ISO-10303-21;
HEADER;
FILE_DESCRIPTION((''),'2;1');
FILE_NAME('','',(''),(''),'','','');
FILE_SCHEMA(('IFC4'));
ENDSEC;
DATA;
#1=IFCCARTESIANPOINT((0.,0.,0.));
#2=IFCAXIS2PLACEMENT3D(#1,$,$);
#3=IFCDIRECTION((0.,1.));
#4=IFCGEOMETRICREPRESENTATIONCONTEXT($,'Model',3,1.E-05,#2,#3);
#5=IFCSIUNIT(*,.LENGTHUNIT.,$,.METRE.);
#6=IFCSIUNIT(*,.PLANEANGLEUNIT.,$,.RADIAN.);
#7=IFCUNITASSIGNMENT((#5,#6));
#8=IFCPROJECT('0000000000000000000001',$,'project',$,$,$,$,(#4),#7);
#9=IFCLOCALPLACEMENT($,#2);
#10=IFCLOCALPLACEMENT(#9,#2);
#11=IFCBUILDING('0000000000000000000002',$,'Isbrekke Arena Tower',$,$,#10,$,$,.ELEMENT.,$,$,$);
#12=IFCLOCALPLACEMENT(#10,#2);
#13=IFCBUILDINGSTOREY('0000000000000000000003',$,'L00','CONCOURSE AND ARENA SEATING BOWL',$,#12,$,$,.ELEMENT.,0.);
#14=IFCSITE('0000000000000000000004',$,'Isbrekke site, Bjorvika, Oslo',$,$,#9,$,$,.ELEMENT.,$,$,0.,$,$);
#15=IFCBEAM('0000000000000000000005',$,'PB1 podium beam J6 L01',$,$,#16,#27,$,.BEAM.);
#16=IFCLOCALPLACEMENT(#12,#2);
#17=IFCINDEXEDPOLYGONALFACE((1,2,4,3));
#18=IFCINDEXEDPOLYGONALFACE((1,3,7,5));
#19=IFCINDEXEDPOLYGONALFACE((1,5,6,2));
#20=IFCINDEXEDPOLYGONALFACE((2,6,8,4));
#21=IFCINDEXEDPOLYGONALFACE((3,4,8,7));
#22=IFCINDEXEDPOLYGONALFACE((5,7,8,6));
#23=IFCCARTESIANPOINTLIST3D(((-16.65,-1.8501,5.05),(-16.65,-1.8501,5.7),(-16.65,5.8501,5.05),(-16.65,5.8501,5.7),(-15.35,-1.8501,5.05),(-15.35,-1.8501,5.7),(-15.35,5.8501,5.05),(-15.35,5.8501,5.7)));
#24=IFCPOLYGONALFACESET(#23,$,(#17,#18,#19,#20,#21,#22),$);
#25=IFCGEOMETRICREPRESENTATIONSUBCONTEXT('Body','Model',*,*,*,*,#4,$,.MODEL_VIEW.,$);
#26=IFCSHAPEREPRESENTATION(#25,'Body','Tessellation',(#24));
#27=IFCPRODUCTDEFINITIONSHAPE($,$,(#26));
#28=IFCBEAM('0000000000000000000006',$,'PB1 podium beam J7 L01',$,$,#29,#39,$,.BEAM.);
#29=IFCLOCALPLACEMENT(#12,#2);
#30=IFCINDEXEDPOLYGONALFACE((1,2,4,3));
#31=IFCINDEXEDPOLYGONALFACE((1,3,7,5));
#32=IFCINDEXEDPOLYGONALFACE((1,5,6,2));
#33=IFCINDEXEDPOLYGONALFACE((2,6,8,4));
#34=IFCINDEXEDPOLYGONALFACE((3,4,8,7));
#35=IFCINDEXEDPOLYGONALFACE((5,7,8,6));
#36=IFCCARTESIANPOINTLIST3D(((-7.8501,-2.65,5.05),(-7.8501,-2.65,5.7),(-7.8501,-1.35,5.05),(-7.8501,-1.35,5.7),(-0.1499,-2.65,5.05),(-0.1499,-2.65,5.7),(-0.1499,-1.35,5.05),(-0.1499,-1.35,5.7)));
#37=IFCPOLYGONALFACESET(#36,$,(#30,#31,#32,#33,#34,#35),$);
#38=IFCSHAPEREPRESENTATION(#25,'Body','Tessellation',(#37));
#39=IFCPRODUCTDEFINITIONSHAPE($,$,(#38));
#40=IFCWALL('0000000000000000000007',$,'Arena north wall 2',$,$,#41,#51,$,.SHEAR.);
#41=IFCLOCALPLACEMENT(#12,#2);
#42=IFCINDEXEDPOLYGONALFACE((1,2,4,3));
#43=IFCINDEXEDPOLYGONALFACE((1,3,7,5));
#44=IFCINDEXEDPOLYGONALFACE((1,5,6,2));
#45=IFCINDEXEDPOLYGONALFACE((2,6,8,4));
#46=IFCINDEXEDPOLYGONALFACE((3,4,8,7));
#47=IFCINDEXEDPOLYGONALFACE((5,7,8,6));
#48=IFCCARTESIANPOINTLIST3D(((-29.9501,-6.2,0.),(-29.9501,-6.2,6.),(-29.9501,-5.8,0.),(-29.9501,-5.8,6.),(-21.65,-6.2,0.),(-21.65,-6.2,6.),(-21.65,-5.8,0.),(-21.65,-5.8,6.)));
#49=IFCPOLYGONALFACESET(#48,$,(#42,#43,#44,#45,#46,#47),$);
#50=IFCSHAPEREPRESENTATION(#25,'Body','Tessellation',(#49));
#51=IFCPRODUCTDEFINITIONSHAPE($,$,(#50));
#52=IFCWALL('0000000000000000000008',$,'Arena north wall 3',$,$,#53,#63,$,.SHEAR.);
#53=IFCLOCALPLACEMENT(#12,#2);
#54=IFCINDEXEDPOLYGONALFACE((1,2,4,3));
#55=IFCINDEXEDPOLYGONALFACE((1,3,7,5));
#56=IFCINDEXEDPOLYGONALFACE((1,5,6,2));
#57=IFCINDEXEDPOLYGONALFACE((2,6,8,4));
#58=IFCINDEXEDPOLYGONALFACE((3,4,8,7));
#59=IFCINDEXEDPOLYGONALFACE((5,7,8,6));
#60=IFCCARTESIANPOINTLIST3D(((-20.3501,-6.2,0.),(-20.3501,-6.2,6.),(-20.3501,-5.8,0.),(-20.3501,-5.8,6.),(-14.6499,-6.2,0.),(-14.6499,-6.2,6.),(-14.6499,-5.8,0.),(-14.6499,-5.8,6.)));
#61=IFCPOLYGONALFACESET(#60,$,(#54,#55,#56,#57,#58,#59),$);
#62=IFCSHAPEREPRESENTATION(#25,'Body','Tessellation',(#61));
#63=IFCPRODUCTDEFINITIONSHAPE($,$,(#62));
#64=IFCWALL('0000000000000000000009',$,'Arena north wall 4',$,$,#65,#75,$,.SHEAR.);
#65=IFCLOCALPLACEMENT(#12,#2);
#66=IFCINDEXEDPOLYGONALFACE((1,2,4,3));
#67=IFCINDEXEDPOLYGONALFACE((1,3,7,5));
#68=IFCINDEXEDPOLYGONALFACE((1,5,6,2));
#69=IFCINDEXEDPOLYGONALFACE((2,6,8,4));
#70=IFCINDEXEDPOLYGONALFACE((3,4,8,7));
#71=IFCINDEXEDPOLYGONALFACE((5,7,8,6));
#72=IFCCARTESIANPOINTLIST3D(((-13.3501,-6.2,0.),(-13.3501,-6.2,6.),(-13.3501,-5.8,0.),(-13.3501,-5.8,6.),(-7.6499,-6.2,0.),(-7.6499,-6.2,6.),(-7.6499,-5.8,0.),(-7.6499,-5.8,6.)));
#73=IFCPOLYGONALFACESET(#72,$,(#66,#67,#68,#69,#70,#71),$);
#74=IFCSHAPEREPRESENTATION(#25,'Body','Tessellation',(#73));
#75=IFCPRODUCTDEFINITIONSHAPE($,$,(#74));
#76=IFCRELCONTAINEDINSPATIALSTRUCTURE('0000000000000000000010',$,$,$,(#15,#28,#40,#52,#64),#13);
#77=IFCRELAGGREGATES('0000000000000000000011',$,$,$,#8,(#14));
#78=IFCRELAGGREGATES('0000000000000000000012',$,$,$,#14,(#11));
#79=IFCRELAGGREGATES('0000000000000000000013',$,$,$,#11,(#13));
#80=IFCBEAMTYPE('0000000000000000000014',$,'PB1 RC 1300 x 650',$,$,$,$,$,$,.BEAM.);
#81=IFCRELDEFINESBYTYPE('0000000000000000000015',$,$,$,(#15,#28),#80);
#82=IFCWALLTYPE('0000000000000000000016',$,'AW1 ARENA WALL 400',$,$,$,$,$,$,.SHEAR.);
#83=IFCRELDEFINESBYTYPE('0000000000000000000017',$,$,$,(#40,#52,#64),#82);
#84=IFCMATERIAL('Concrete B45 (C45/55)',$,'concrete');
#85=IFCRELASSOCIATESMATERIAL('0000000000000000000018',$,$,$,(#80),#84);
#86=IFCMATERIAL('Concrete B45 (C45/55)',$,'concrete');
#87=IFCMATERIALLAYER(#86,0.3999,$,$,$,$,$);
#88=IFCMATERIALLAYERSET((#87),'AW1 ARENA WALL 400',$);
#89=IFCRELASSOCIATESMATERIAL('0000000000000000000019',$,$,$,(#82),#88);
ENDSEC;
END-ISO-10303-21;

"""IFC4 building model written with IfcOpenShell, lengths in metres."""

from ifc_helpers import new_model, si_unit, direction, frame, frame_2d, origin, origin_2d, place, context, subcontext, project, spatial, rectangle, extrude, material, layer, layer_set, material_profile, profile_set, type_object, element, save


model = new_model("IFC4")

# Units and contexts
model_context = context("Model", 3, precision=1e-05, world=origin(), true_north=direction((0.0, 1.0)))
body_context = subcontext(model_context, "Body", "Model", "MODEL_VIEW")
ifc_project = project(units=[si_unit("LENGTHUNIT", "METRE"), si_unit("PLANEANGLEUNIT", "RADIAN")], contexts=[model_context])

# Site, building, storey
site_placement = place(None, origin())
site = spatial("IfcSite", under=ifc_project, at=site_placement, Name="Isbrekke site, Bjorvika, Oslo", CompositionType="ELEMENT", RefElevation=0.0)
building_placement = place(site_placement, origin())
building = spatial("IfcBuilding", under=site, at=building_placement, Name="Isbrekke Arena Tower", CompositionType="ELEMENT")
storey_placement = place(building_placement, origin())
storey = spatial("IfcBuildingStorey", under=building, at=storey_placement, Name="L00", Description="CONCOURSE AND ARENA SEATING BOWL", CompositionType="ELEMENT", Elevation=0.0)

# Beams
ifc_material_1 = material(Name="Concrete B45 (C45/55)", Category="concrete")
ifc_material_profile_1 = material_profile(ifc_material_1, rectangle(XDim=1.3, YDim=0.6499, at=origin_2d()), Name="RC 1300x650")
ifc_profile_set_1 = profile_set([ifc_material_profile_1], Name="Concrete B45 (C45/55)")
beam_type = type_object("IfcBeamType", Name="PB1 RC 1300 x 650", PredefinedType="BEAM", material=ifc_profile_set_1)
for number, where, z_axis, x_axis, name in (
    (1, (-16.0, -1.8501, 5.375), (0.0, 1.0, 0.0), (-1.0, 0.0, 0.0), "PB1 podium beam J6 L01"),
    (2, (-7.8501, -2.0, 5.375), (1.0, 0.0, 0.0), (0.0, 1.0, 0.0), "PB1 podium beam J7 L01"),
):
    element("IfcBeam", number, at=place(storey_placement, frame(where, z_axis=z_axis, x_axis=x_axis)), inside=storey, type_object=beam_type, Name=name, PredefinedType="BEAM", context=body_context, shape_type="SweptSolid", body=[
        extrude(rectangle(XDim=1.3, YDim=0.6499, at=origin_2d()), origin(), (0.0, 0.0, 1.0), 7.7002),
    ])

# Walls
ifc_material_2 = material(Name="Concrete B45 (C45/55)", Category="concrete")
ifc_layer = layer(ifc_material_2, 0.3999)
ifc_layer_set = layer_set([ifc_layer], Name="AW1 ARENA WALL 400")
wall_type = type_object("IfcWallType", Name="AW1 ARENA WALL 400", PredefinedType="SHEAR", material=ifc_layer_set)
wall_placement = place(storey_placement, frame((-29.95, -6.0, 0.0), z_axis=(0.0, 0.0, 1.0), x_axis=(1.0, 0.0, 0.0)))
element("IfcWall", 3, at=wall_placement, inside=storey, type_object=wall_type, Name="Arena north wall 2", PredefinedType="SHEAR", context=body_context, shape_type="SweptSolid", body=[
    extrude(rectangle(XDim=8.3, YDim=0.3999, at=frame_2d((4.1499, 0.0))), origin(), (0.0, 0.0, 1.0), 6.0),
])
for number, where, z_axis, x_axis, name in (
    (4, (-20.3501, -6.0, 0.0), (0.0, 0.0, 1.0), (1.0, 0.0, 0.0), "Arena north wall 3"),
    (5, (-13.3501, -6.0, 0.0), (0.0, 0.0, 1.0), (1.0, 0.0, 0.0), "Arena north wall 4"),
):
    element("IfcWall", number, at=place(storey_placement, frame(where, z_axis=z_axis, x_axis=x_axis)), inside=storey, type_object=wall_type, Name=name, PredefinedType="SHEAR", context=body_context, shape_type="SweptSolid", body=[
        extrude(rectangle(XDim=5.7002, YDim=0.3999, at=frame_2d((2.8501, 0.0))), origin(), (0.0, 0.0, 1.0), 6.0),
    ])

save(model, "model.ifc")
